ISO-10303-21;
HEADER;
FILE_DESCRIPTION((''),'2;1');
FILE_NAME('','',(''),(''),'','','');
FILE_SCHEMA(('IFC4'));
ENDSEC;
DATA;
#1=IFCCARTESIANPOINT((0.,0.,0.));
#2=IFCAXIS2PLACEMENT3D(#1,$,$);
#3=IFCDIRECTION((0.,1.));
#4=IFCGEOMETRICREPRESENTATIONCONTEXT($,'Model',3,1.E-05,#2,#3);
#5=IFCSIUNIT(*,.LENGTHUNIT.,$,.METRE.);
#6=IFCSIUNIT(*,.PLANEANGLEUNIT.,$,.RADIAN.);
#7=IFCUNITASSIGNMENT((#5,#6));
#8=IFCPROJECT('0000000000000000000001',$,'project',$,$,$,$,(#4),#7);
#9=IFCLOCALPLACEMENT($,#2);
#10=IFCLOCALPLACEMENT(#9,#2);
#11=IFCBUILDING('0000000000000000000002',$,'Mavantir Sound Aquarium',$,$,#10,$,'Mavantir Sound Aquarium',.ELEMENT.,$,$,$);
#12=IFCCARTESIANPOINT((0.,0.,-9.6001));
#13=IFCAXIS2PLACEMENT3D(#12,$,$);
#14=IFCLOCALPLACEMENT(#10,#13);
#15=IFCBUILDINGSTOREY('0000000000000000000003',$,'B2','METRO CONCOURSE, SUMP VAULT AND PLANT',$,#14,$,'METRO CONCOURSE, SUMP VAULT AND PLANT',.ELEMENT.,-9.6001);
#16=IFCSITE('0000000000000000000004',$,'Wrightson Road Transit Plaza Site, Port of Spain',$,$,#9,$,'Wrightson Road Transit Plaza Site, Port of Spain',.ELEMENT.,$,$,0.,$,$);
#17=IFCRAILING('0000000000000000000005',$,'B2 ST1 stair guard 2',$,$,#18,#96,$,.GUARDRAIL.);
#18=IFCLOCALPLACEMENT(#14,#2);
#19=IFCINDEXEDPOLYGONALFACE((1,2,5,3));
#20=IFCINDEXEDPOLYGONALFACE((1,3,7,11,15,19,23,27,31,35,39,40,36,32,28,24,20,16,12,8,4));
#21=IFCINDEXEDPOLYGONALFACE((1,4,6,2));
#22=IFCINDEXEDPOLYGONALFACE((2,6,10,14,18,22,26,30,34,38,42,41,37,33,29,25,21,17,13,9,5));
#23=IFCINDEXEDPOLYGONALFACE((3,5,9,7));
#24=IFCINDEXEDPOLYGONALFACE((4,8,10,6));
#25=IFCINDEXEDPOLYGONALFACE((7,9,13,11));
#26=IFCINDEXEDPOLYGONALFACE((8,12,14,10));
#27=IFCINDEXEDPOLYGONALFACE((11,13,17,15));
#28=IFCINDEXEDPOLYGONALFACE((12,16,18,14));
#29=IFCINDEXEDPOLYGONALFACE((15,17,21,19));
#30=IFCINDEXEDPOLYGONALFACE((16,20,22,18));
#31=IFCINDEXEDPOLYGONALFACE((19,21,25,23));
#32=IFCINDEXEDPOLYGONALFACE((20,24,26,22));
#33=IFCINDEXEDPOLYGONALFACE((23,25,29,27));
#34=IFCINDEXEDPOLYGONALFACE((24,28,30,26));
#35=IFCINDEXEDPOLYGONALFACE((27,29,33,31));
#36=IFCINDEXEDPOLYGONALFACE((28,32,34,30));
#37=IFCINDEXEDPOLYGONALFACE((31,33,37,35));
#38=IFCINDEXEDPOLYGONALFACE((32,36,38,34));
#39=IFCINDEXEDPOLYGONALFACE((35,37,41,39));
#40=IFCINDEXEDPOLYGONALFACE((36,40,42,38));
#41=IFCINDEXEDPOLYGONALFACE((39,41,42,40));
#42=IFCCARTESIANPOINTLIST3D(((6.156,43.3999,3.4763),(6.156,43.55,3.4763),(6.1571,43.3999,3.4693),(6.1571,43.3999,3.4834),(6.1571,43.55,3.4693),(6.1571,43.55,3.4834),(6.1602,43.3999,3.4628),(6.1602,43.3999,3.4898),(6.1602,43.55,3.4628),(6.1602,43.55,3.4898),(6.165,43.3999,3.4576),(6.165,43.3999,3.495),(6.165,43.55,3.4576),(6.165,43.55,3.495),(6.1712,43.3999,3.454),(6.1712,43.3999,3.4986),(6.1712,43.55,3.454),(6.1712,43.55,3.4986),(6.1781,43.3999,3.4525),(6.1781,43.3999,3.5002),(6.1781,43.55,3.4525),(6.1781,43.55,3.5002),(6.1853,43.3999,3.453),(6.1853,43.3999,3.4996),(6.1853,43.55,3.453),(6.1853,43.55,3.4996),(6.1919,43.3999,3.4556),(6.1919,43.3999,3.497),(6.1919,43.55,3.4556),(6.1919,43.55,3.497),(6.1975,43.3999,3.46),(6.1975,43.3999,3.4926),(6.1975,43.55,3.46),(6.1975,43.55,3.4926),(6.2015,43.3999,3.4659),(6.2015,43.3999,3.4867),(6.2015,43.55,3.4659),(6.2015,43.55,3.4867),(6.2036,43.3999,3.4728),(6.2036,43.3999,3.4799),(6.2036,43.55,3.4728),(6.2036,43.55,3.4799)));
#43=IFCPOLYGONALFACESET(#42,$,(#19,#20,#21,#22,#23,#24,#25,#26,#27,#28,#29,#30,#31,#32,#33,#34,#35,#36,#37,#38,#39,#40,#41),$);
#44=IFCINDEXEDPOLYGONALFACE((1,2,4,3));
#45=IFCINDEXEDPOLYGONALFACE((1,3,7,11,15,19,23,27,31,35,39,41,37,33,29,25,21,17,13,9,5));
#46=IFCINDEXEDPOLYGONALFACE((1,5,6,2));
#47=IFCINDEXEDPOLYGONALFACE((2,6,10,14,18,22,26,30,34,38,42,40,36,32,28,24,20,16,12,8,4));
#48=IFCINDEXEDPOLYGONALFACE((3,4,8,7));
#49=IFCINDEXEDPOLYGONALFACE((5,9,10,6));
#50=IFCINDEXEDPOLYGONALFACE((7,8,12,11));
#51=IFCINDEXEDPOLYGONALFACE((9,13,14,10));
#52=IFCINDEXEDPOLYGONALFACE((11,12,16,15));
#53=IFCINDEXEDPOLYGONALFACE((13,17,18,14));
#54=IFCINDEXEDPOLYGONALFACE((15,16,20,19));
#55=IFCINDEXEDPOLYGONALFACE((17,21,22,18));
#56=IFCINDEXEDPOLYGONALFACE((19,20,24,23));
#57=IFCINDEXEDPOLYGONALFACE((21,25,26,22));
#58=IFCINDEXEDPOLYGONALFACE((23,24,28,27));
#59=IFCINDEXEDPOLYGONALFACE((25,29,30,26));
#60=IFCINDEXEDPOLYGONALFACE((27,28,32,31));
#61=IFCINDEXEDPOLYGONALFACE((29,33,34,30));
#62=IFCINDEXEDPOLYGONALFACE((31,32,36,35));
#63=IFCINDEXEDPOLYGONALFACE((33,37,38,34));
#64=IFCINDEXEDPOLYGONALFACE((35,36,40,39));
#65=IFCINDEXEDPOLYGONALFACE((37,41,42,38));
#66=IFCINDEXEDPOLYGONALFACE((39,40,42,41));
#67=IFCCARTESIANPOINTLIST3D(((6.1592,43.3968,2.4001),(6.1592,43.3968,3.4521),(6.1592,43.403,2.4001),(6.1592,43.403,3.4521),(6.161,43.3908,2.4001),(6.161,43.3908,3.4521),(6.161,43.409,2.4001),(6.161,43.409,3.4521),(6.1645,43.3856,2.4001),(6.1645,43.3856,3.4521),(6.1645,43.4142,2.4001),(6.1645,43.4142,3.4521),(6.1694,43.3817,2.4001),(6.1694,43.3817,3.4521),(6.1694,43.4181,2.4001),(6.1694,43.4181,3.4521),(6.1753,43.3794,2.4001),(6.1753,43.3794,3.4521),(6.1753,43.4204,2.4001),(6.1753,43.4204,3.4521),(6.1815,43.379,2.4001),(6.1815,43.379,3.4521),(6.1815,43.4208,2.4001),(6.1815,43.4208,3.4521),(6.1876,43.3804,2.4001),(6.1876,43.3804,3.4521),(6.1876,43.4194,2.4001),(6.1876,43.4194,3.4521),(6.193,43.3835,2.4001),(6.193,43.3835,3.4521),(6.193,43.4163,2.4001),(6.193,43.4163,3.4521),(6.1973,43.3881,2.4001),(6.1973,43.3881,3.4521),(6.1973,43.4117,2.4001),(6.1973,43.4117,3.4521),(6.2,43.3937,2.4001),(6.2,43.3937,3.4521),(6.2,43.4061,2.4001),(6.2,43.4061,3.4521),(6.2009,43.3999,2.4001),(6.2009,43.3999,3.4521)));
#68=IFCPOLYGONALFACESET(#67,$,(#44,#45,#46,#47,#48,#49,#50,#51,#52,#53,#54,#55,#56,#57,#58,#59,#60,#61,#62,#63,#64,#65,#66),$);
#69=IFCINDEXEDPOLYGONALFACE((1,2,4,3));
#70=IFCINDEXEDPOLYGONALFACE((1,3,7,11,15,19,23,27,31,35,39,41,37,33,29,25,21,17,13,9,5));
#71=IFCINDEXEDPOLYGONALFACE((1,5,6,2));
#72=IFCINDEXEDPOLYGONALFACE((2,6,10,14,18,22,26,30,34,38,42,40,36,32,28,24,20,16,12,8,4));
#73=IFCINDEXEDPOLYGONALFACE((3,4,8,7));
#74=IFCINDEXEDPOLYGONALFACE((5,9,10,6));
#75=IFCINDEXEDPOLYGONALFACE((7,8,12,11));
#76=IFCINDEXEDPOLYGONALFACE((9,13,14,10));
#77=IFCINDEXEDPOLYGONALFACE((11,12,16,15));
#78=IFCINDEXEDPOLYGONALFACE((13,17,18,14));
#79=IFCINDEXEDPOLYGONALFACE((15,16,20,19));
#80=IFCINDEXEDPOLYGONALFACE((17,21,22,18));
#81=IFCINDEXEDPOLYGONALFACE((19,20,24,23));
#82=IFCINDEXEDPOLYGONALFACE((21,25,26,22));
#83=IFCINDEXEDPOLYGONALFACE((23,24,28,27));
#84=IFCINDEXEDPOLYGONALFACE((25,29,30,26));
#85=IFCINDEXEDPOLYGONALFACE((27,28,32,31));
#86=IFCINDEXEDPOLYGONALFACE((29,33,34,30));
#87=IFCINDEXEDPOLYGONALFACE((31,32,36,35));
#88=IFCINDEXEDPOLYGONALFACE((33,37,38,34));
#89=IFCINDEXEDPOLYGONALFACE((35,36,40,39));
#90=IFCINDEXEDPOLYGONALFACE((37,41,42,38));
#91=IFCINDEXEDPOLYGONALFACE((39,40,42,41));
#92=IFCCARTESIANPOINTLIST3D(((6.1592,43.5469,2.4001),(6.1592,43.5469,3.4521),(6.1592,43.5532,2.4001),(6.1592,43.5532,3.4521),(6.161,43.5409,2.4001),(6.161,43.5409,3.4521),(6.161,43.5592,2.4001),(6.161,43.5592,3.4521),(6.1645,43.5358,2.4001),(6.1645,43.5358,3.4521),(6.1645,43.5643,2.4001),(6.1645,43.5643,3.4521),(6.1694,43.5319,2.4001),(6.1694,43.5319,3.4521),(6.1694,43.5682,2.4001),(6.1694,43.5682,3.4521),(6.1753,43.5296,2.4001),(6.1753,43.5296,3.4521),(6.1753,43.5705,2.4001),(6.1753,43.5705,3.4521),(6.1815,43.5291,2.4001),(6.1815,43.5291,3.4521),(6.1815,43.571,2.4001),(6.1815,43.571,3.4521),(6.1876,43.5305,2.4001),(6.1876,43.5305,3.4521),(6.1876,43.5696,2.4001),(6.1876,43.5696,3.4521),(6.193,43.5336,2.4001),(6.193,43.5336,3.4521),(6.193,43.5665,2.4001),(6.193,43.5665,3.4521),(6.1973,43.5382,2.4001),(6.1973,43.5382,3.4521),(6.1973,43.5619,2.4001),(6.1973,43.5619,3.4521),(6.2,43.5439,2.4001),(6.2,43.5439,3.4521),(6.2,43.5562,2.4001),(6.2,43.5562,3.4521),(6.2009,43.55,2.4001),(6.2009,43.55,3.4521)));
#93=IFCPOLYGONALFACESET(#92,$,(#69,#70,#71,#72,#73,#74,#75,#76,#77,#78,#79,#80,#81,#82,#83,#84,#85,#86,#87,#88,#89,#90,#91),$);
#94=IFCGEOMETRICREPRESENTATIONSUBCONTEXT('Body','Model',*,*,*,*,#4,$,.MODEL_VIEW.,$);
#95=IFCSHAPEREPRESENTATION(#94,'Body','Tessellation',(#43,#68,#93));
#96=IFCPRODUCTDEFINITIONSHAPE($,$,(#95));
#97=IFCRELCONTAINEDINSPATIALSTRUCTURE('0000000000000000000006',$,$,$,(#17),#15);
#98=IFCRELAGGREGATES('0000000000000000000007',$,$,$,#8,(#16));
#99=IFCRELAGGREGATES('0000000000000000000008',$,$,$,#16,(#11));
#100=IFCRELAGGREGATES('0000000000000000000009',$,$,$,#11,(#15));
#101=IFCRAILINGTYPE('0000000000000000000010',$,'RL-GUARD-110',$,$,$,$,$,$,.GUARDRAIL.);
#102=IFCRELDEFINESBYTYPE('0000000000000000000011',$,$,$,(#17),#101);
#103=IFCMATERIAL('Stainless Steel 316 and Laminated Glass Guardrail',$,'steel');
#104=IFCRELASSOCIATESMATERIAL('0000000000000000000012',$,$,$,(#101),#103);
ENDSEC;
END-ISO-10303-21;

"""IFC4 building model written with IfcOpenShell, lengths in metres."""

from ifc_helpers import new_model, si_unit, direction, frame, origin, origin_2d, place, context, subcontext, project, spatial, circle, extrude, material, type_object, element, save


model = new_model("IFC4")

# Units and contexts
model_context = context("Model", 3, precision=1e-05, world=origin(), true_north=direction((0.0, 1.0)))
body_context = subcontext(model_context, "Body", "Model", "MODEL_VIEW")
ifc_project = project(units=[si_unit("LENGTHUNIT", "METRE"), si_unit("PLANEANGLEUNIT", "RADIAN")], contexts=[model_context])

# Site, building, storey
site_placement = place(None, origin())
site = spatial("IfcSite", under=ifc_project, at=site_placement, Name="Wrightson Road Transit Plaza Site, Port of Spain", LongName="Wrightson Road Transit Plaza Site, Port of Spain", CompositionType="ELEMENT", RefElevation=0.0)
building_placement = place(site_placement, origin())
building = spatial("IfcBuilding", under=site, at=building_placement, Name="Mavantir Sound Aquarium", LongName="Mavantir Sound Aquarium", CompositionType="ELEMENT")
storey_placement = place(building_placement, frame((0.0, 0.0, -9.6001)))
storey = spatial("IfcBuildingStorey", under=building, at=storey_placement, Name="B2", Description="METRO CONCOURSE, SUMP VAULT AND PLANT", LongName="METRO CONCOURSE, SUMP VAULT AND PLANT", CompositionType="ELEMENT", Elevation=-9.6001)

# Railing
ifc_material_1 = material(Name="Stainless Steel 316 and Laminated Glass Guardrail", Category="steel")
railing_type_1 = type_object("IfcRailingType", Name="RL-GUARD-110", PredefinedType="GUARDRAIL", material=ifc_material_1)
railing_1_placement = place(storey_placement, frame((6.1799, 43.3999, 2.4001)))
element("IfcRailing", 1, at=railing_1_placement, inside=storey, type_object=railing_type_1, Name="B2 ST1 stair guard 2", PredefinedType="GUARDRAIL", context=body_context, shape_type="SweptSolid", body=[
    extrude(circle(Radius=0.0239, at=origin_2d()), frame((0.0, 0.0, 1.0762), z_axis=(0.0, 1.0, 0.0), x_axis=(-1.0, 0.0, 0.0)), (0.0, 0.0, 1.0), 0.1501),
    extrude(circle(Radius=0.021, at=origin_2d()), origin(), (0.0, 0.0, 1.0), 1.052),
    extrude(circle(Radius=0.021, at=origin_2d()), frame((0.0, 0.1501, 0.0)), (0.0, 0.0, 1.0), 1.052),
])

save(model, "model.ifc")
